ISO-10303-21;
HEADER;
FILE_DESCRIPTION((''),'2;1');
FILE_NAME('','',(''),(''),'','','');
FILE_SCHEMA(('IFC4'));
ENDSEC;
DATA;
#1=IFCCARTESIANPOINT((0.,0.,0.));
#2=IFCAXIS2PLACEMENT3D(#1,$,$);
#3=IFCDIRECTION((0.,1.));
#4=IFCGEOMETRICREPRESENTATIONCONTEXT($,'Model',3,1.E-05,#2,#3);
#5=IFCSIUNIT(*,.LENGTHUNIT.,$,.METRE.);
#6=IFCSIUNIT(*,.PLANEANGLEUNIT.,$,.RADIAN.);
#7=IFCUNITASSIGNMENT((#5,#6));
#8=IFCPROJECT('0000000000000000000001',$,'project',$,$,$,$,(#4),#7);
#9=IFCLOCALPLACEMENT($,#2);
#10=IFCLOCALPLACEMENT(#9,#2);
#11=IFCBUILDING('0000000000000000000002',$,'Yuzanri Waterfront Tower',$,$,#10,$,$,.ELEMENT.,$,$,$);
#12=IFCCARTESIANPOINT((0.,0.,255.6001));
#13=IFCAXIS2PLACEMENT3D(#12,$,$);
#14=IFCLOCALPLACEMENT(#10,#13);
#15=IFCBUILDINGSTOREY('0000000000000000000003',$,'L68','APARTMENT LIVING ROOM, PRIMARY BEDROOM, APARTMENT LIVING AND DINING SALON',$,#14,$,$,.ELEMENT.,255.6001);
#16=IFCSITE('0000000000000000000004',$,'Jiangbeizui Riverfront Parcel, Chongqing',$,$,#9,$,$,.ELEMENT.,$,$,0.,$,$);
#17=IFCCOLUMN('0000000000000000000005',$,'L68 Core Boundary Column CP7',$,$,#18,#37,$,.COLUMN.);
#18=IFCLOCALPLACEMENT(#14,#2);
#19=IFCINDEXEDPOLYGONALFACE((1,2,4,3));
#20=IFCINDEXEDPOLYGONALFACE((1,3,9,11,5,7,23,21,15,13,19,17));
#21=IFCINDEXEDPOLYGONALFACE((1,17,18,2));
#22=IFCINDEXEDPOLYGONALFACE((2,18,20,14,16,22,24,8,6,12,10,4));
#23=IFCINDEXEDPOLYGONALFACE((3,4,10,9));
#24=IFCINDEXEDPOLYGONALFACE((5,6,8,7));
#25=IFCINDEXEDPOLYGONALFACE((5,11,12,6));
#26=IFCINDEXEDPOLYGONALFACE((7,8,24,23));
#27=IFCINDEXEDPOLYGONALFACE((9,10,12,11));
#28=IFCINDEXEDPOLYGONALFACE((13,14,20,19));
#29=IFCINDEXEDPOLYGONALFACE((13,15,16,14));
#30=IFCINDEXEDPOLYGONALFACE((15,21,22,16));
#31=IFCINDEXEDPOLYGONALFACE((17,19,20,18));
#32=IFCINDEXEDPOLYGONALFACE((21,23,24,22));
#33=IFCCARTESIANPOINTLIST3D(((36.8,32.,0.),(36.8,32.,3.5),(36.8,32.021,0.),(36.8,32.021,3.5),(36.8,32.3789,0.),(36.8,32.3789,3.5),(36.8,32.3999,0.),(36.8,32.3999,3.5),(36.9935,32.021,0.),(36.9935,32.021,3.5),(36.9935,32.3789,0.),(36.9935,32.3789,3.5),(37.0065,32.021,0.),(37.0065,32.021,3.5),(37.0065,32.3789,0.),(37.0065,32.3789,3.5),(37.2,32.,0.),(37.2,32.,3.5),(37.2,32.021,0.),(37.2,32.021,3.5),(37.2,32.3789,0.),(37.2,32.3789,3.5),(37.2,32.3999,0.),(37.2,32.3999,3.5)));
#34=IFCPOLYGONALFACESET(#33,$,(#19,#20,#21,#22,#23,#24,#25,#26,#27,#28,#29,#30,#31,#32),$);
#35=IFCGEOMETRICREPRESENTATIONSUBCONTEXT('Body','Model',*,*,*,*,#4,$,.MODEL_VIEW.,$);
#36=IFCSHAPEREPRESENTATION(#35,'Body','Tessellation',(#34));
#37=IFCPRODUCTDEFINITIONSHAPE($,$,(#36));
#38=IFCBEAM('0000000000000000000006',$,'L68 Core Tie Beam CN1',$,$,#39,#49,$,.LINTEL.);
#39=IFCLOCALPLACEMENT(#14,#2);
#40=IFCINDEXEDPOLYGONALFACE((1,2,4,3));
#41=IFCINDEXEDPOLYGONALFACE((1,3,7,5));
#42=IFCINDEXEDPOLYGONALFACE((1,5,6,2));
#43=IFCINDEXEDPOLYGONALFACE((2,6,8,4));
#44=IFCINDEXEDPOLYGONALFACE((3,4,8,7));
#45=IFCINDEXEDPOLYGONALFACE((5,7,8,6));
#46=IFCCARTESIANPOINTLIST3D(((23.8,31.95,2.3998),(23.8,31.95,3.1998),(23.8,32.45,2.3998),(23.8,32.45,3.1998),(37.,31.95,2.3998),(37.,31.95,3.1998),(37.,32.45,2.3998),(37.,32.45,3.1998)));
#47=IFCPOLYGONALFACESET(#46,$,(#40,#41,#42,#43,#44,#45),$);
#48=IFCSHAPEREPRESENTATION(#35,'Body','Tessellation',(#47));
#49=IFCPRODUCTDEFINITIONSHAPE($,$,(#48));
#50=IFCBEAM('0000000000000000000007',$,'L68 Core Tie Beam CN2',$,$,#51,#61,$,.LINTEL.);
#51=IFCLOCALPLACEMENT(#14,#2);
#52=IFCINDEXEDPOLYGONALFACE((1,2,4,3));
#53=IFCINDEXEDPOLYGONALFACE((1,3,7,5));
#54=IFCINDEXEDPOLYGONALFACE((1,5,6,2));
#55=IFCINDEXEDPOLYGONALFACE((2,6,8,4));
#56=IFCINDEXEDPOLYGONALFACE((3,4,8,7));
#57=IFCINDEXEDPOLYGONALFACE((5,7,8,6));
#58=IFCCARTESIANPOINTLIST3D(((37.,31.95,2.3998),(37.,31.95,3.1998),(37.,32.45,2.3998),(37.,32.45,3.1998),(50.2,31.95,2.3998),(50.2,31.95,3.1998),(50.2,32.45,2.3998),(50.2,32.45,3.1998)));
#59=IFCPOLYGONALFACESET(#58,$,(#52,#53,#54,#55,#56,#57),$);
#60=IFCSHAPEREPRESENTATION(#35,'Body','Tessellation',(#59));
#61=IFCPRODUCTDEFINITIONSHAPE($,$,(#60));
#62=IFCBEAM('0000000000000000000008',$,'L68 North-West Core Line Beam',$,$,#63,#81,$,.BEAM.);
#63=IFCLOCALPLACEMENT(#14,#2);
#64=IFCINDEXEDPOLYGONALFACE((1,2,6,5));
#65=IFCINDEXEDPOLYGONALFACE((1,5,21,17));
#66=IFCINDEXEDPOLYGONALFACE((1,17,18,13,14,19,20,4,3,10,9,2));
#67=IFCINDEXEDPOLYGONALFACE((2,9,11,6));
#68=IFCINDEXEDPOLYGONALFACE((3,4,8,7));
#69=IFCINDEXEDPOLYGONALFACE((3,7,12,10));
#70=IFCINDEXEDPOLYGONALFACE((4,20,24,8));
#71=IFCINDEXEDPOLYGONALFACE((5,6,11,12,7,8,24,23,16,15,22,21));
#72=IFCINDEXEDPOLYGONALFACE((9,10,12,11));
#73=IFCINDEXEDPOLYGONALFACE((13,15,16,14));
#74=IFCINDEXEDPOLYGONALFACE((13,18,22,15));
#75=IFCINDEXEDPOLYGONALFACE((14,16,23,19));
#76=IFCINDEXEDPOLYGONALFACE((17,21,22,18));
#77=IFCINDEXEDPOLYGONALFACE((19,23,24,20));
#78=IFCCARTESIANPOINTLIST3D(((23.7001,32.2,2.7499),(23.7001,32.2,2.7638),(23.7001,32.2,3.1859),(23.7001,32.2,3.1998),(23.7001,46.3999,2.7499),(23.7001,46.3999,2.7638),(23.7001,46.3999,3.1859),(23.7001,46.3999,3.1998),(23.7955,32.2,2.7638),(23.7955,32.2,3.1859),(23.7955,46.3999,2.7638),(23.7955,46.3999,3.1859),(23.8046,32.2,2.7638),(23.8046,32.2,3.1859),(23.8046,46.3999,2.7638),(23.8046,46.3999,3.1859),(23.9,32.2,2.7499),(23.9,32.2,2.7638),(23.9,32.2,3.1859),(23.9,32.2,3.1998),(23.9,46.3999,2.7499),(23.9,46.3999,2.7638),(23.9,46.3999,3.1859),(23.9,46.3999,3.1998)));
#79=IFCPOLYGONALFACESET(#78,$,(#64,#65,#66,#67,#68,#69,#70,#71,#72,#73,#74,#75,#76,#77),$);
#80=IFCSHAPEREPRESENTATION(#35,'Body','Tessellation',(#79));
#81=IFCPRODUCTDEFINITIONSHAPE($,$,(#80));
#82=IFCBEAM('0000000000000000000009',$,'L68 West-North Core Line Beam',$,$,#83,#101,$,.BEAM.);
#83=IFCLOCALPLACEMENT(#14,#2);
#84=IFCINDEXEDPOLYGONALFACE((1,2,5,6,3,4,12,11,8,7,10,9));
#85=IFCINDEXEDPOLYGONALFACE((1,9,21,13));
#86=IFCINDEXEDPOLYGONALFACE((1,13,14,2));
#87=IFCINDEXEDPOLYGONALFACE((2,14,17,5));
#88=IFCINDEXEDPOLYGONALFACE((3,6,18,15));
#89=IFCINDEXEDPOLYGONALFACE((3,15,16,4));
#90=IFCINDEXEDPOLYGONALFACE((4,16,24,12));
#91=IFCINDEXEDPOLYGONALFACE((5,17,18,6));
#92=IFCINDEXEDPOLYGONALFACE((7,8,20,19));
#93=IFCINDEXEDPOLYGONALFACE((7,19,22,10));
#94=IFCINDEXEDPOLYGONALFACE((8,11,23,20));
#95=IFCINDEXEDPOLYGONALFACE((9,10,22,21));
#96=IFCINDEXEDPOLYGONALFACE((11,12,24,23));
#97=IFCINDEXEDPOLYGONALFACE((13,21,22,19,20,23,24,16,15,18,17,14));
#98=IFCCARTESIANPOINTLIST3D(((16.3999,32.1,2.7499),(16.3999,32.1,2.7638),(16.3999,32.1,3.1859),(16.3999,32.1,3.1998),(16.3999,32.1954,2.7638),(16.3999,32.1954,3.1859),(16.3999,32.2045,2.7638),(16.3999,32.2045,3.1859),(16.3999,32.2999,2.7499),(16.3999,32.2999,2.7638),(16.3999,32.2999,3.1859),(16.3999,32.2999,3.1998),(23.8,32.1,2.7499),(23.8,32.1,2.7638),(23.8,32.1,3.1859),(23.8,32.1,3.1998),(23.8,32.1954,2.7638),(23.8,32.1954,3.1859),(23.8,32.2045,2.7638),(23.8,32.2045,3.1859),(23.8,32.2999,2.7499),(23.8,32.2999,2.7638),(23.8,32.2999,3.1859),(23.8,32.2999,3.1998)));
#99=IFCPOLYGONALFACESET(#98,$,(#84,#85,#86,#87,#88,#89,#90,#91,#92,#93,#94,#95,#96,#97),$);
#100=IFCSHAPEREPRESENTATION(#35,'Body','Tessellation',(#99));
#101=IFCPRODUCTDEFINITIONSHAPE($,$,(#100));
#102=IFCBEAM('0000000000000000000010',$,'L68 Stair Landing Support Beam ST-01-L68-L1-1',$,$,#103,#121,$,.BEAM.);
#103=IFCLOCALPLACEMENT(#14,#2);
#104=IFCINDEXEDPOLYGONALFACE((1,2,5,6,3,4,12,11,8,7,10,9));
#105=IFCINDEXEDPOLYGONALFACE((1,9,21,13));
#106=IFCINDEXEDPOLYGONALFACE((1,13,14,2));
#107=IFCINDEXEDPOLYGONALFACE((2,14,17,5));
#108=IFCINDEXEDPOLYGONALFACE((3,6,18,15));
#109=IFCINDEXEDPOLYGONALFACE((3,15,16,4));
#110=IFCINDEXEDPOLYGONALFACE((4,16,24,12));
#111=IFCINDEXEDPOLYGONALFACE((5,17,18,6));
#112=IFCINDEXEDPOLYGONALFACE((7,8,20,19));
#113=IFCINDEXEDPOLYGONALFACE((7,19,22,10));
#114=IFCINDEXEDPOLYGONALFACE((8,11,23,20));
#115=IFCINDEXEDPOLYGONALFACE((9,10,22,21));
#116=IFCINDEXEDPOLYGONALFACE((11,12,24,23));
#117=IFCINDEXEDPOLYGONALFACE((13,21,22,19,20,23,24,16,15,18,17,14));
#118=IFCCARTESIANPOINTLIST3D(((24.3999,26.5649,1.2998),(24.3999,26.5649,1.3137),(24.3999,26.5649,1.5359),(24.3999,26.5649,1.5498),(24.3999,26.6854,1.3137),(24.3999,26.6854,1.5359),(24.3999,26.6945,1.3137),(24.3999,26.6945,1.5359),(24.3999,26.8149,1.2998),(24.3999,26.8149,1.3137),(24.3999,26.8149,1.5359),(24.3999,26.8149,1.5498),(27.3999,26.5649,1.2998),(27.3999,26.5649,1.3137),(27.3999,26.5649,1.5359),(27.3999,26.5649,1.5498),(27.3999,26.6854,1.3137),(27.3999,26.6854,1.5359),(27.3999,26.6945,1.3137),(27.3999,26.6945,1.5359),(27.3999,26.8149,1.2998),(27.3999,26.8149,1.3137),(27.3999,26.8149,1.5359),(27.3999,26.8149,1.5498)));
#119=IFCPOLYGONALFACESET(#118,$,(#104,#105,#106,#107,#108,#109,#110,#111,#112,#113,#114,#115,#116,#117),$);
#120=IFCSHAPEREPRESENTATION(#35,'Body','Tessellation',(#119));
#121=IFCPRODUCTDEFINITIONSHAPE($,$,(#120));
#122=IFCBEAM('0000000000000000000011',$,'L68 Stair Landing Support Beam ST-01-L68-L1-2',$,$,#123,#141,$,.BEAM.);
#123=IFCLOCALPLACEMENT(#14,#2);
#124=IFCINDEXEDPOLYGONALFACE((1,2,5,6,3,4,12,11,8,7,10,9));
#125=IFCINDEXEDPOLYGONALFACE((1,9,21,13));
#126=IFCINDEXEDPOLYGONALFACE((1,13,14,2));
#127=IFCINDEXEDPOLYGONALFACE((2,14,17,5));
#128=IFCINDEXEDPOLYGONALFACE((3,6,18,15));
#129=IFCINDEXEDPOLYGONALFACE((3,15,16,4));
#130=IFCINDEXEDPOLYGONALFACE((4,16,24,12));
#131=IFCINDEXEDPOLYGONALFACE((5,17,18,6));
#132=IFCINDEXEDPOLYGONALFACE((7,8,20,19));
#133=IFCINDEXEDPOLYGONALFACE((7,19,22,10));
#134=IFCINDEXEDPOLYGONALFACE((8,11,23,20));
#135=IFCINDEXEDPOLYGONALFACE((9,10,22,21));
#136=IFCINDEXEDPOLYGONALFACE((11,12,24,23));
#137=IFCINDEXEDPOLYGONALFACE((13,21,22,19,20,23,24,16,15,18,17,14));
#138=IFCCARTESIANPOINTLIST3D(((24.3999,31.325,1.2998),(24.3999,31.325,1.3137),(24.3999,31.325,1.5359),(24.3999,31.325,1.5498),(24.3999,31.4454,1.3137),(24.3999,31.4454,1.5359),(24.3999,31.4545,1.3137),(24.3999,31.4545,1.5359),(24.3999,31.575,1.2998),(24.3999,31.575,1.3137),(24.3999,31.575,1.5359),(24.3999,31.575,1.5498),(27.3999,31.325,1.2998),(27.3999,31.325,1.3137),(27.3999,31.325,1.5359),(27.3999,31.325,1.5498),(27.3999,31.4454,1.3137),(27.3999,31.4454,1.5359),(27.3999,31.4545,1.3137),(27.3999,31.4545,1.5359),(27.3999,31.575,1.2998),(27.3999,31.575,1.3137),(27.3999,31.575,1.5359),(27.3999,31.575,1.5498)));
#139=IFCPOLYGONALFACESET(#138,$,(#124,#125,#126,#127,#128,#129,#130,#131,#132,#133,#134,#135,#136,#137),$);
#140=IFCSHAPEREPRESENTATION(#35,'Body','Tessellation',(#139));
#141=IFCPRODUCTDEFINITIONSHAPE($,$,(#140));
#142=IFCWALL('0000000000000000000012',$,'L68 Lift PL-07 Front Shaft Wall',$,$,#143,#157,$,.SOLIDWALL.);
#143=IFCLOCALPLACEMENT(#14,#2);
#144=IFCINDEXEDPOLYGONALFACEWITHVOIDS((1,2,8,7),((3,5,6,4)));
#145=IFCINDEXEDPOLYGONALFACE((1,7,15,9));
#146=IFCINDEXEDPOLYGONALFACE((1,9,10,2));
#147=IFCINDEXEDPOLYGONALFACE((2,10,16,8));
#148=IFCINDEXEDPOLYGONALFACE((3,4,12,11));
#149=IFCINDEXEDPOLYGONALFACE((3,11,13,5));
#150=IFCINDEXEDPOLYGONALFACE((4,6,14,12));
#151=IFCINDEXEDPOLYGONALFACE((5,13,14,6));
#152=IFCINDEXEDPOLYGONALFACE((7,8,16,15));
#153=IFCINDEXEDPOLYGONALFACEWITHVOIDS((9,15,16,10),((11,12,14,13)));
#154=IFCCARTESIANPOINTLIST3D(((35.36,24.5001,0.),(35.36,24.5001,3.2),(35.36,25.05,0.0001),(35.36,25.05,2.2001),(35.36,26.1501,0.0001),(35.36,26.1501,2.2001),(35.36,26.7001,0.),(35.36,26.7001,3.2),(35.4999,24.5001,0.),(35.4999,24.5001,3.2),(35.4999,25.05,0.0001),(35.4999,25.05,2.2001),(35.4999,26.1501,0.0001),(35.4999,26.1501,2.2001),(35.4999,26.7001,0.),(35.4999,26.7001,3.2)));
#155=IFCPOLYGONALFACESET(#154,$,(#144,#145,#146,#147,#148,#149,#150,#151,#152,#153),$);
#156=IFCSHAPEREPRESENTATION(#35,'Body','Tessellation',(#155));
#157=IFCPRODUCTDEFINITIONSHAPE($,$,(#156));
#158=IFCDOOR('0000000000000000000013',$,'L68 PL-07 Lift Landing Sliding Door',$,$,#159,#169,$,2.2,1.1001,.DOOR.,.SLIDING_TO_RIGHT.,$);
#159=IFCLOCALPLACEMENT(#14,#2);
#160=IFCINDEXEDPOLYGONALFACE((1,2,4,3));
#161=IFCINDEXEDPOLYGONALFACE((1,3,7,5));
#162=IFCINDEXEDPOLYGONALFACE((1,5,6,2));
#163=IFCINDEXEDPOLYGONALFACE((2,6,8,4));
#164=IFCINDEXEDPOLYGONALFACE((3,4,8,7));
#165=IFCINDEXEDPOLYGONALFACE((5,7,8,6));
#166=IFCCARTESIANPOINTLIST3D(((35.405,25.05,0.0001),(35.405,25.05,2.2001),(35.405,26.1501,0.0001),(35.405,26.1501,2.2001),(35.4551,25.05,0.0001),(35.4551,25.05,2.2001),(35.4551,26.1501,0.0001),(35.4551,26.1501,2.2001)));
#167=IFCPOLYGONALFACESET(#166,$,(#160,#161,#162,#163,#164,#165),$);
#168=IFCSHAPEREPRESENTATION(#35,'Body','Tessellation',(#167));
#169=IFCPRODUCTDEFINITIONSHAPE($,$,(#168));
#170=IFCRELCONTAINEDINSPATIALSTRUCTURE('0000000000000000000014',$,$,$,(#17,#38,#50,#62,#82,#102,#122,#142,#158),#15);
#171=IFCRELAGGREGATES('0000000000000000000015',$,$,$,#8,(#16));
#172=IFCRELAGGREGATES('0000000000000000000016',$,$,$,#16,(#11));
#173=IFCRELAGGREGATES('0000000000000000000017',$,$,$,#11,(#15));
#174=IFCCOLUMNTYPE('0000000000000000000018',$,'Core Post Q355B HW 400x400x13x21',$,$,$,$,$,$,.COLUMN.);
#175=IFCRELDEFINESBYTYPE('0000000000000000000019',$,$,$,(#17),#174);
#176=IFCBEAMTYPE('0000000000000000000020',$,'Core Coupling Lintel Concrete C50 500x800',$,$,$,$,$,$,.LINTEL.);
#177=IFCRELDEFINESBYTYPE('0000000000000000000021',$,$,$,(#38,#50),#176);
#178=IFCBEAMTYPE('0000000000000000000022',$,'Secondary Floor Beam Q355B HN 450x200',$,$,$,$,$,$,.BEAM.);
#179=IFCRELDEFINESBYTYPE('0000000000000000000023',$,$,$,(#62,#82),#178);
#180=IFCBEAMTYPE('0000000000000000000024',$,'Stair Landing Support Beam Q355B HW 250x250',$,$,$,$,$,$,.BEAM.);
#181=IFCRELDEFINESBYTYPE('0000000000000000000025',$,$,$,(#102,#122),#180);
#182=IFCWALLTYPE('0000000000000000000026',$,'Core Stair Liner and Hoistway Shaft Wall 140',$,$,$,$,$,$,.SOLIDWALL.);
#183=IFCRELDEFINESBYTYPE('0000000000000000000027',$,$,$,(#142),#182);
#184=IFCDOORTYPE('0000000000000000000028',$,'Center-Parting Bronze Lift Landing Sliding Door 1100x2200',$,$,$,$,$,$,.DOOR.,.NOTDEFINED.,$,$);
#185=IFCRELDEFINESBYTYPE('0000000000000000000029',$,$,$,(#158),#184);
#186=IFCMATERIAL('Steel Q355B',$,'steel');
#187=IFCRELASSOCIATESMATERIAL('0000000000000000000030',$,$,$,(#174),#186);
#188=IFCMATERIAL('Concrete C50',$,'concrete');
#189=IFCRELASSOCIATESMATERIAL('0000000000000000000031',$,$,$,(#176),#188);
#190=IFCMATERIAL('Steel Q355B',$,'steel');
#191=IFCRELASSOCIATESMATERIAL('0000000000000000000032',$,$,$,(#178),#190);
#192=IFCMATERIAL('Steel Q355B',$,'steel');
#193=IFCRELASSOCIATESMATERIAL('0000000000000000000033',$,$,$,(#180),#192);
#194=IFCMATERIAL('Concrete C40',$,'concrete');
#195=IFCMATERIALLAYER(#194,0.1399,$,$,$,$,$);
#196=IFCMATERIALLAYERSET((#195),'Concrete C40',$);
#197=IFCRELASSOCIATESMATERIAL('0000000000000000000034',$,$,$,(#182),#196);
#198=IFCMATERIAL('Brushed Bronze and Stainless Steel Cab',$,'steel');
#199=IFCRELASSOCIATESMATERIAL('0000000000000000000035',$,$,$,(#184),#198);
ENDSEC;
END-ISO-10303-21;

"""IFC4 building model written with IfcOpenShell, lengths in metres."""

from ifc_helpers import new_model, si_unit, direction, frame, frame_2d, origin, origin_2d, place, context, subcontext, project, spatial, rectangle, i_section, extrude, source, transform, mapped, material, layer, layer_set, material_profile, profile_set, type_object, element, fill, save


model = new_model("IFC4")

# Units and contexts
model_context = context("Model", 3, precision=1e-05, world=origin(), true_north=direction((0.0, 1.0)))
body_context = subcontext(model_context, "Body", "Model", "MODEL_VIEW")
ifc_project = project(units=[si_unit("LENGTHUNIT", "METRE"), si_unit("PLANEANGLEUNIT", "RADIAN")], contexts=[model_context])

# Site, building, storey
site_placement = place(None, origin())
site = spatial("IfcSite", under=ifc_project, at=site_placement, Name="Jiangbeizui Riverfront Parcel, Chongqing", CompositionType="ELEMENT", RefElevation=0.0)
building_placement = place(site_placement, origin())
building = spatial("IfcBuilding", under=site, at=building_placement, Name="Yuzanri Waterfront Tower", CompositionType="ELEMENT")
storey_placement = place(building_placement, frame((0.0, 0.0, 255.6001)))
storey = spatial("IfcBuildingStorey", under=building, at=storey_placement, Name="L68", Description="APARTMENT LIVING ROOM, PRIMARY BEDROOM, APARTMENT LIVING AND DINING SALON", CompositionType="ELEMENT", Elevation=255.6001)

# Column
ifc_material_1 = material(Name="Steel Q355B", Category="steel")
ifc_material_profile_1 = material_profile(ifc_material_1, i_section(OverallWidth=0.3999, OverallDepth=0.3999, WebThickness=0.0129, FlangeThickness=0.021, at=origin_2d()), Name="HW 400x400x13x21")
ifc_profile_set_1 = profile_set([ifc_material_profile_1], Name="Steel Q355B")
column_type = type_object("IfcColumnType", Name="Core Post Q355B HW 400x400x13x21", PredefinedType="COLUMN", material=ifc_profile_set_1)
shared_shape_1 = source(origin(), body_context, "Body", "SweptSolid", [
    extrude(i_section(OverallWidth=0.3999, OverallDepth=0.3999, WebThickness=0.0129, FlangeThickness=0.021, at=origin_2d()), origin(), (0.0, 0.0, 1.0), 3.5),
])
column_placement = place(storey_placement, frame((37.0, 32.2, 0.0), z_axis=(0.0, 0.0, 1.0), x_axis=(1.0, 0.0, 0.0)))
element("IfcColumn", 1, at=column_placement, inside=storey, type_object=column_type, Name="L68 Core Boundary Column CP7", PredefinedType="COLUMN", context=body_context, shape_type="MappedRepresentation", body=[
    mapped(shared_shape_1, transform((0.0, 0.0, 0.0), scale=1.0)),
])

# Beams
ifc_material_2 = material(Name="Concrete C50", Category="concrete")
ifc_material_profile_2 = material_profile(ifc_material_2, rectangle(XDim=0.5, YDim=0.8, at=origin_2d()), Name="RC 500x800")
ifc_profile_set_2 = profile_set([ifc_material_profile_2], Name="Concrete C50")
beam_type_1 = type_object("IfcBeamType", Name="Core Coupling Lintel Concrete C50 500x800", PredefinedType="LINTEL", material=ifc_profile_set_2)
shared_shape_2 = source(origin(), body_context, "Body", "SweptSolid", [
    extrude(rectangle(XDim=0.5, YDim=0.8, at=origin_2d()), origin(), (0.0, 0.0, 1.0), 13.2),
])
for number, where, z_axis, x_axis, name in (
    (2, (23.8, 32.2, 2.7998), (1.0, 0.0, 0.0), (0.0, 1.0, 0.0), "L68 Core Tie Beam CN1"),
    (3, (37.0, 32.2, 2.7998), (1.0, 0.0, 0.0), (0.0, 1.0, 0.0), "L68 Core Tie Beam CN2"),
):
    element("IfcBeam", number, at=place(storey_placement, frame(where, z_axis=z_axis, x_axis=x_axis)), inside=storey, type_object=beam_type_1, Name=name, PredefinedType="LINTEL", context=body_context, shape_type="MappedRepresentation", body=[
        mapped(shared_shape_2, transform((0.0, 0.0, 0.0), scale=1.0)),
    ])
ifc_material_3 = material(Name="Steel Q355B", Category="steel")
ifc_material_profile_3 = material_profile(ifc_material_3, i_section(OverallWidth=0.2, OverallDepth=0.45, WebThickness=0.009, FlangeThickness=0.0139, at=origin_2d()), Name="HN 450x200x9x14")
ifc_profile_set_3 = profile_set([ifc_material_profile_3], Name="Steel Q355B")
beam_type_2 = type_object("IfcBeamType", Name="Secondary Floor Beam Q355B HN 450x200", PredefinedType="BEAM", material=ifc_profile_set_3)
shared_shape_3 = source(origin(), body_context, "Body", "SweptSolid", [
    extrude(i_section(OverallWidth=0.2, OverallDepth=0.45, WebThickness=0.009, FlangeThickness=0.0139, at=origin_2d()), origin(), (0.0, 0.0, 1.0), 14.2),
])
beam_1_placement = place(storey_placement, frame((23.8, 32.2, 2.9749), z_axis=(0.0, 1.0, 0.0), x_axis=(-1.0, 0.0, 0.0)))
element("IfcBeam", 4, at=beam_1_placement, inside=storey, type_object=beam_type_2, Name="L68 North-West Core Line Beam", PredefinedType="BEAM", context=body_context, shape_type="MappedRepresentation", body=[
    mapped(shared_shape_3, transform((0.0, 0.0, 0.0), scale=1.0)),
])
shared_shape_4 = source(origin(), body_context, "Body", "SweptSolid", [
    extrude(i_section(OverallWidth=0.2, OverallDepth=0.45, WebThickness=0.009, FlangeThickness=0.0139, at=origin_2d()), origin(), (0.0, 0.0, 1.0), 7.4001),
])
beam_2_placement = place(storey_placement, frame((23.8, 32.2, 2.9749), z_axis=(-1.0, 0.0, 0.0), x_axis=(0.0, -1.0, 0.0)))
element("IfcBeam", 5, at=beam_2_placement, inside=storey, type_object=beam_type_2, Name="L68 West-North Core Line Beam", PredefinedType="BEAM", context=body_context, shape_type="MappedRepresentation", body=[
    mapped(shared_shape_4, transform((0.0, 0.0, 0.0), scale=1.0)),
])
ifc_material_4 = material(Name="Steel Q355B", Category="steel")
ifc_material_profile_4 = material_profile(ifc_material_4, i_section(OverallWidth=0.25, OverallDepth=0.25, WebThickness=0.009, FlangeThickness=0.0139, at=origin_2d()), Name="HW 250x250x9x14")
ifc_profile_set_4 = profile_set([ifc_material_profile_4], Name="Steel Q355B")
beam_type_3 = type_object("IfcBeamType", Name="Stair Landing Support Beam Q355B HW 250x250", PredefinedType="BEAM", material=ifc_profile_set_4)
shared_shape_5 = source(origin(), body_context, "Body", "SweptSolid", [
    extrude(i_section(OverallWidth=0.25, OverallDepth=0.25, WebThickness=0.009, FlangeThickness=0.0139, at=origin_2d()), origin(), (0.0, 0.0, 1.0), 3.0),
])
for number, where, z_axis, x_axis, name in (
    (6, (24.3999, 26.6899, 1.4248), (1.0, 0.0, 0.0), (0.0, 1.0, 0.0), "L68 Stair Landing Support Beam ST-01-L68-L1-1"),
    (7, (24.3999, 31.45, 1.4248), (1.0, 0.0, 0.0), (0.0, 1.0, 0.0), "L68 Stair Landing Support Beam ST-01-L68-L1-2"),
):
    element("IfcBeam", number, at=place(storey_placement, frame(where, z_axis=z_axis, x_axis=x_axis)), inside=storey, type_object=beam_type_3, Name=name, PredefinedType="BEAM", context=body_context, shape_type="MappedRepresentation", body=[
        mapped(shared_shape_5, transform((0.0, 0.0, 0.0), scale=1.0)),
    ])

# Wall, opening, door
ifc_material_5 = material(Name="Concrete C40", Category="concrete")
ifc_layer_1 = layer(ifc_material_5, 0.1399)
ifc_layer_set_1 = layer_set([ifc_layer_1], Name="Concrete C40")
wall_type_1 = type_object("IfcWallType", Name="Core Stair Liner and Hoistway Shaft Wall 140", PredefinedType="SOLIDWALL", material=ifc_layer_set_1)
wall_1_placement = place(storey_placement, frame((35.4299, 24.5, 0.0), z_axis=(0.0, 0.0, 1.0), x_axis=(0.0, 1.0, 0.0)))
wall_1 = element("IfcWall", 8, at=wall_1_placement, inside=storey, type_object=wall_type_1, Name="L68 Lift PL-07 Front Shaft Wall", PredefinedType="SOLIDWALL", context=body_context, shape_type="SweptSolid", body=[
    extrude(rectangle(XDim=2.2, YDim=0.1399, at=frame_2d((1.1001, 0.0))), origin(), (0.0, 0.0, 1.0), 3.2),
])
opening_1_placement = place(wall_1_placement, frame((0.55, 0.0, 0.0)))
opening_1 = element("IfcOpeningElement", 9, at=opening_1_placement, cuts=wall_1, PredefinedType="OPENING", context=body_context, shape_type="SweptSolid", body=[
    extrude(rectangle(XDim=1.1001, YDim=2.2, at=frame_2d((0.55, 1.1001))), frame((0.0, 0.085, 0.0), z_axis=(0.0, -1.0, 0.0), x_axis=(1.0, 0.0, 0.0)), (0.0, 0.0, 1.0), 0.1697),
])
ifc_material_6 = material(Name="Brushed Bronze and Stainless Steel Cab", Category="steel")
door_type_1 = type_object("IfcDoorType", Name="Center-Parting Bronze Lift Landing Sliding Door 1100x2200", OperationType="NOTDEFINED", PredefinedType="DOOR", material=ifc_material_6)
shared_shape_6 = source(origin(), body_context, "Body", "SweptSolid", [
    extrude(rectangle(XDim=1.1001, YDim=2.2, at=frame_2d((0.55, 1.1001))), frame((0.0, 0.0249, 0.0), z_axis=(0.0, -1.0, 0.0), x_axis=(1.0, 0.0, 0.0)), (0.0, 0.0, 1.0), 0.05),
])
door_1_placement = place(opening_1_placement, origin())
door_1 = element("IfcDoor", 10, at=door_1_placement, inside=storey, type_object=door_type_1, Name="L68 PL-07 Lift Landing Sliding Door", OperationType="SLIDING_TO_RIGHT", OverallHeight=2.2, OverallWidth=1.1001, PredefinedType="DOOR", context=body_context, shape_type="MappedRepresentation", body=[
    mapped(shared_shape_6, transform((0.0, 0.0, 0.0), scale=1.0)),
])
fill(opening_1, door_1)

save(model, "model.ifc")
